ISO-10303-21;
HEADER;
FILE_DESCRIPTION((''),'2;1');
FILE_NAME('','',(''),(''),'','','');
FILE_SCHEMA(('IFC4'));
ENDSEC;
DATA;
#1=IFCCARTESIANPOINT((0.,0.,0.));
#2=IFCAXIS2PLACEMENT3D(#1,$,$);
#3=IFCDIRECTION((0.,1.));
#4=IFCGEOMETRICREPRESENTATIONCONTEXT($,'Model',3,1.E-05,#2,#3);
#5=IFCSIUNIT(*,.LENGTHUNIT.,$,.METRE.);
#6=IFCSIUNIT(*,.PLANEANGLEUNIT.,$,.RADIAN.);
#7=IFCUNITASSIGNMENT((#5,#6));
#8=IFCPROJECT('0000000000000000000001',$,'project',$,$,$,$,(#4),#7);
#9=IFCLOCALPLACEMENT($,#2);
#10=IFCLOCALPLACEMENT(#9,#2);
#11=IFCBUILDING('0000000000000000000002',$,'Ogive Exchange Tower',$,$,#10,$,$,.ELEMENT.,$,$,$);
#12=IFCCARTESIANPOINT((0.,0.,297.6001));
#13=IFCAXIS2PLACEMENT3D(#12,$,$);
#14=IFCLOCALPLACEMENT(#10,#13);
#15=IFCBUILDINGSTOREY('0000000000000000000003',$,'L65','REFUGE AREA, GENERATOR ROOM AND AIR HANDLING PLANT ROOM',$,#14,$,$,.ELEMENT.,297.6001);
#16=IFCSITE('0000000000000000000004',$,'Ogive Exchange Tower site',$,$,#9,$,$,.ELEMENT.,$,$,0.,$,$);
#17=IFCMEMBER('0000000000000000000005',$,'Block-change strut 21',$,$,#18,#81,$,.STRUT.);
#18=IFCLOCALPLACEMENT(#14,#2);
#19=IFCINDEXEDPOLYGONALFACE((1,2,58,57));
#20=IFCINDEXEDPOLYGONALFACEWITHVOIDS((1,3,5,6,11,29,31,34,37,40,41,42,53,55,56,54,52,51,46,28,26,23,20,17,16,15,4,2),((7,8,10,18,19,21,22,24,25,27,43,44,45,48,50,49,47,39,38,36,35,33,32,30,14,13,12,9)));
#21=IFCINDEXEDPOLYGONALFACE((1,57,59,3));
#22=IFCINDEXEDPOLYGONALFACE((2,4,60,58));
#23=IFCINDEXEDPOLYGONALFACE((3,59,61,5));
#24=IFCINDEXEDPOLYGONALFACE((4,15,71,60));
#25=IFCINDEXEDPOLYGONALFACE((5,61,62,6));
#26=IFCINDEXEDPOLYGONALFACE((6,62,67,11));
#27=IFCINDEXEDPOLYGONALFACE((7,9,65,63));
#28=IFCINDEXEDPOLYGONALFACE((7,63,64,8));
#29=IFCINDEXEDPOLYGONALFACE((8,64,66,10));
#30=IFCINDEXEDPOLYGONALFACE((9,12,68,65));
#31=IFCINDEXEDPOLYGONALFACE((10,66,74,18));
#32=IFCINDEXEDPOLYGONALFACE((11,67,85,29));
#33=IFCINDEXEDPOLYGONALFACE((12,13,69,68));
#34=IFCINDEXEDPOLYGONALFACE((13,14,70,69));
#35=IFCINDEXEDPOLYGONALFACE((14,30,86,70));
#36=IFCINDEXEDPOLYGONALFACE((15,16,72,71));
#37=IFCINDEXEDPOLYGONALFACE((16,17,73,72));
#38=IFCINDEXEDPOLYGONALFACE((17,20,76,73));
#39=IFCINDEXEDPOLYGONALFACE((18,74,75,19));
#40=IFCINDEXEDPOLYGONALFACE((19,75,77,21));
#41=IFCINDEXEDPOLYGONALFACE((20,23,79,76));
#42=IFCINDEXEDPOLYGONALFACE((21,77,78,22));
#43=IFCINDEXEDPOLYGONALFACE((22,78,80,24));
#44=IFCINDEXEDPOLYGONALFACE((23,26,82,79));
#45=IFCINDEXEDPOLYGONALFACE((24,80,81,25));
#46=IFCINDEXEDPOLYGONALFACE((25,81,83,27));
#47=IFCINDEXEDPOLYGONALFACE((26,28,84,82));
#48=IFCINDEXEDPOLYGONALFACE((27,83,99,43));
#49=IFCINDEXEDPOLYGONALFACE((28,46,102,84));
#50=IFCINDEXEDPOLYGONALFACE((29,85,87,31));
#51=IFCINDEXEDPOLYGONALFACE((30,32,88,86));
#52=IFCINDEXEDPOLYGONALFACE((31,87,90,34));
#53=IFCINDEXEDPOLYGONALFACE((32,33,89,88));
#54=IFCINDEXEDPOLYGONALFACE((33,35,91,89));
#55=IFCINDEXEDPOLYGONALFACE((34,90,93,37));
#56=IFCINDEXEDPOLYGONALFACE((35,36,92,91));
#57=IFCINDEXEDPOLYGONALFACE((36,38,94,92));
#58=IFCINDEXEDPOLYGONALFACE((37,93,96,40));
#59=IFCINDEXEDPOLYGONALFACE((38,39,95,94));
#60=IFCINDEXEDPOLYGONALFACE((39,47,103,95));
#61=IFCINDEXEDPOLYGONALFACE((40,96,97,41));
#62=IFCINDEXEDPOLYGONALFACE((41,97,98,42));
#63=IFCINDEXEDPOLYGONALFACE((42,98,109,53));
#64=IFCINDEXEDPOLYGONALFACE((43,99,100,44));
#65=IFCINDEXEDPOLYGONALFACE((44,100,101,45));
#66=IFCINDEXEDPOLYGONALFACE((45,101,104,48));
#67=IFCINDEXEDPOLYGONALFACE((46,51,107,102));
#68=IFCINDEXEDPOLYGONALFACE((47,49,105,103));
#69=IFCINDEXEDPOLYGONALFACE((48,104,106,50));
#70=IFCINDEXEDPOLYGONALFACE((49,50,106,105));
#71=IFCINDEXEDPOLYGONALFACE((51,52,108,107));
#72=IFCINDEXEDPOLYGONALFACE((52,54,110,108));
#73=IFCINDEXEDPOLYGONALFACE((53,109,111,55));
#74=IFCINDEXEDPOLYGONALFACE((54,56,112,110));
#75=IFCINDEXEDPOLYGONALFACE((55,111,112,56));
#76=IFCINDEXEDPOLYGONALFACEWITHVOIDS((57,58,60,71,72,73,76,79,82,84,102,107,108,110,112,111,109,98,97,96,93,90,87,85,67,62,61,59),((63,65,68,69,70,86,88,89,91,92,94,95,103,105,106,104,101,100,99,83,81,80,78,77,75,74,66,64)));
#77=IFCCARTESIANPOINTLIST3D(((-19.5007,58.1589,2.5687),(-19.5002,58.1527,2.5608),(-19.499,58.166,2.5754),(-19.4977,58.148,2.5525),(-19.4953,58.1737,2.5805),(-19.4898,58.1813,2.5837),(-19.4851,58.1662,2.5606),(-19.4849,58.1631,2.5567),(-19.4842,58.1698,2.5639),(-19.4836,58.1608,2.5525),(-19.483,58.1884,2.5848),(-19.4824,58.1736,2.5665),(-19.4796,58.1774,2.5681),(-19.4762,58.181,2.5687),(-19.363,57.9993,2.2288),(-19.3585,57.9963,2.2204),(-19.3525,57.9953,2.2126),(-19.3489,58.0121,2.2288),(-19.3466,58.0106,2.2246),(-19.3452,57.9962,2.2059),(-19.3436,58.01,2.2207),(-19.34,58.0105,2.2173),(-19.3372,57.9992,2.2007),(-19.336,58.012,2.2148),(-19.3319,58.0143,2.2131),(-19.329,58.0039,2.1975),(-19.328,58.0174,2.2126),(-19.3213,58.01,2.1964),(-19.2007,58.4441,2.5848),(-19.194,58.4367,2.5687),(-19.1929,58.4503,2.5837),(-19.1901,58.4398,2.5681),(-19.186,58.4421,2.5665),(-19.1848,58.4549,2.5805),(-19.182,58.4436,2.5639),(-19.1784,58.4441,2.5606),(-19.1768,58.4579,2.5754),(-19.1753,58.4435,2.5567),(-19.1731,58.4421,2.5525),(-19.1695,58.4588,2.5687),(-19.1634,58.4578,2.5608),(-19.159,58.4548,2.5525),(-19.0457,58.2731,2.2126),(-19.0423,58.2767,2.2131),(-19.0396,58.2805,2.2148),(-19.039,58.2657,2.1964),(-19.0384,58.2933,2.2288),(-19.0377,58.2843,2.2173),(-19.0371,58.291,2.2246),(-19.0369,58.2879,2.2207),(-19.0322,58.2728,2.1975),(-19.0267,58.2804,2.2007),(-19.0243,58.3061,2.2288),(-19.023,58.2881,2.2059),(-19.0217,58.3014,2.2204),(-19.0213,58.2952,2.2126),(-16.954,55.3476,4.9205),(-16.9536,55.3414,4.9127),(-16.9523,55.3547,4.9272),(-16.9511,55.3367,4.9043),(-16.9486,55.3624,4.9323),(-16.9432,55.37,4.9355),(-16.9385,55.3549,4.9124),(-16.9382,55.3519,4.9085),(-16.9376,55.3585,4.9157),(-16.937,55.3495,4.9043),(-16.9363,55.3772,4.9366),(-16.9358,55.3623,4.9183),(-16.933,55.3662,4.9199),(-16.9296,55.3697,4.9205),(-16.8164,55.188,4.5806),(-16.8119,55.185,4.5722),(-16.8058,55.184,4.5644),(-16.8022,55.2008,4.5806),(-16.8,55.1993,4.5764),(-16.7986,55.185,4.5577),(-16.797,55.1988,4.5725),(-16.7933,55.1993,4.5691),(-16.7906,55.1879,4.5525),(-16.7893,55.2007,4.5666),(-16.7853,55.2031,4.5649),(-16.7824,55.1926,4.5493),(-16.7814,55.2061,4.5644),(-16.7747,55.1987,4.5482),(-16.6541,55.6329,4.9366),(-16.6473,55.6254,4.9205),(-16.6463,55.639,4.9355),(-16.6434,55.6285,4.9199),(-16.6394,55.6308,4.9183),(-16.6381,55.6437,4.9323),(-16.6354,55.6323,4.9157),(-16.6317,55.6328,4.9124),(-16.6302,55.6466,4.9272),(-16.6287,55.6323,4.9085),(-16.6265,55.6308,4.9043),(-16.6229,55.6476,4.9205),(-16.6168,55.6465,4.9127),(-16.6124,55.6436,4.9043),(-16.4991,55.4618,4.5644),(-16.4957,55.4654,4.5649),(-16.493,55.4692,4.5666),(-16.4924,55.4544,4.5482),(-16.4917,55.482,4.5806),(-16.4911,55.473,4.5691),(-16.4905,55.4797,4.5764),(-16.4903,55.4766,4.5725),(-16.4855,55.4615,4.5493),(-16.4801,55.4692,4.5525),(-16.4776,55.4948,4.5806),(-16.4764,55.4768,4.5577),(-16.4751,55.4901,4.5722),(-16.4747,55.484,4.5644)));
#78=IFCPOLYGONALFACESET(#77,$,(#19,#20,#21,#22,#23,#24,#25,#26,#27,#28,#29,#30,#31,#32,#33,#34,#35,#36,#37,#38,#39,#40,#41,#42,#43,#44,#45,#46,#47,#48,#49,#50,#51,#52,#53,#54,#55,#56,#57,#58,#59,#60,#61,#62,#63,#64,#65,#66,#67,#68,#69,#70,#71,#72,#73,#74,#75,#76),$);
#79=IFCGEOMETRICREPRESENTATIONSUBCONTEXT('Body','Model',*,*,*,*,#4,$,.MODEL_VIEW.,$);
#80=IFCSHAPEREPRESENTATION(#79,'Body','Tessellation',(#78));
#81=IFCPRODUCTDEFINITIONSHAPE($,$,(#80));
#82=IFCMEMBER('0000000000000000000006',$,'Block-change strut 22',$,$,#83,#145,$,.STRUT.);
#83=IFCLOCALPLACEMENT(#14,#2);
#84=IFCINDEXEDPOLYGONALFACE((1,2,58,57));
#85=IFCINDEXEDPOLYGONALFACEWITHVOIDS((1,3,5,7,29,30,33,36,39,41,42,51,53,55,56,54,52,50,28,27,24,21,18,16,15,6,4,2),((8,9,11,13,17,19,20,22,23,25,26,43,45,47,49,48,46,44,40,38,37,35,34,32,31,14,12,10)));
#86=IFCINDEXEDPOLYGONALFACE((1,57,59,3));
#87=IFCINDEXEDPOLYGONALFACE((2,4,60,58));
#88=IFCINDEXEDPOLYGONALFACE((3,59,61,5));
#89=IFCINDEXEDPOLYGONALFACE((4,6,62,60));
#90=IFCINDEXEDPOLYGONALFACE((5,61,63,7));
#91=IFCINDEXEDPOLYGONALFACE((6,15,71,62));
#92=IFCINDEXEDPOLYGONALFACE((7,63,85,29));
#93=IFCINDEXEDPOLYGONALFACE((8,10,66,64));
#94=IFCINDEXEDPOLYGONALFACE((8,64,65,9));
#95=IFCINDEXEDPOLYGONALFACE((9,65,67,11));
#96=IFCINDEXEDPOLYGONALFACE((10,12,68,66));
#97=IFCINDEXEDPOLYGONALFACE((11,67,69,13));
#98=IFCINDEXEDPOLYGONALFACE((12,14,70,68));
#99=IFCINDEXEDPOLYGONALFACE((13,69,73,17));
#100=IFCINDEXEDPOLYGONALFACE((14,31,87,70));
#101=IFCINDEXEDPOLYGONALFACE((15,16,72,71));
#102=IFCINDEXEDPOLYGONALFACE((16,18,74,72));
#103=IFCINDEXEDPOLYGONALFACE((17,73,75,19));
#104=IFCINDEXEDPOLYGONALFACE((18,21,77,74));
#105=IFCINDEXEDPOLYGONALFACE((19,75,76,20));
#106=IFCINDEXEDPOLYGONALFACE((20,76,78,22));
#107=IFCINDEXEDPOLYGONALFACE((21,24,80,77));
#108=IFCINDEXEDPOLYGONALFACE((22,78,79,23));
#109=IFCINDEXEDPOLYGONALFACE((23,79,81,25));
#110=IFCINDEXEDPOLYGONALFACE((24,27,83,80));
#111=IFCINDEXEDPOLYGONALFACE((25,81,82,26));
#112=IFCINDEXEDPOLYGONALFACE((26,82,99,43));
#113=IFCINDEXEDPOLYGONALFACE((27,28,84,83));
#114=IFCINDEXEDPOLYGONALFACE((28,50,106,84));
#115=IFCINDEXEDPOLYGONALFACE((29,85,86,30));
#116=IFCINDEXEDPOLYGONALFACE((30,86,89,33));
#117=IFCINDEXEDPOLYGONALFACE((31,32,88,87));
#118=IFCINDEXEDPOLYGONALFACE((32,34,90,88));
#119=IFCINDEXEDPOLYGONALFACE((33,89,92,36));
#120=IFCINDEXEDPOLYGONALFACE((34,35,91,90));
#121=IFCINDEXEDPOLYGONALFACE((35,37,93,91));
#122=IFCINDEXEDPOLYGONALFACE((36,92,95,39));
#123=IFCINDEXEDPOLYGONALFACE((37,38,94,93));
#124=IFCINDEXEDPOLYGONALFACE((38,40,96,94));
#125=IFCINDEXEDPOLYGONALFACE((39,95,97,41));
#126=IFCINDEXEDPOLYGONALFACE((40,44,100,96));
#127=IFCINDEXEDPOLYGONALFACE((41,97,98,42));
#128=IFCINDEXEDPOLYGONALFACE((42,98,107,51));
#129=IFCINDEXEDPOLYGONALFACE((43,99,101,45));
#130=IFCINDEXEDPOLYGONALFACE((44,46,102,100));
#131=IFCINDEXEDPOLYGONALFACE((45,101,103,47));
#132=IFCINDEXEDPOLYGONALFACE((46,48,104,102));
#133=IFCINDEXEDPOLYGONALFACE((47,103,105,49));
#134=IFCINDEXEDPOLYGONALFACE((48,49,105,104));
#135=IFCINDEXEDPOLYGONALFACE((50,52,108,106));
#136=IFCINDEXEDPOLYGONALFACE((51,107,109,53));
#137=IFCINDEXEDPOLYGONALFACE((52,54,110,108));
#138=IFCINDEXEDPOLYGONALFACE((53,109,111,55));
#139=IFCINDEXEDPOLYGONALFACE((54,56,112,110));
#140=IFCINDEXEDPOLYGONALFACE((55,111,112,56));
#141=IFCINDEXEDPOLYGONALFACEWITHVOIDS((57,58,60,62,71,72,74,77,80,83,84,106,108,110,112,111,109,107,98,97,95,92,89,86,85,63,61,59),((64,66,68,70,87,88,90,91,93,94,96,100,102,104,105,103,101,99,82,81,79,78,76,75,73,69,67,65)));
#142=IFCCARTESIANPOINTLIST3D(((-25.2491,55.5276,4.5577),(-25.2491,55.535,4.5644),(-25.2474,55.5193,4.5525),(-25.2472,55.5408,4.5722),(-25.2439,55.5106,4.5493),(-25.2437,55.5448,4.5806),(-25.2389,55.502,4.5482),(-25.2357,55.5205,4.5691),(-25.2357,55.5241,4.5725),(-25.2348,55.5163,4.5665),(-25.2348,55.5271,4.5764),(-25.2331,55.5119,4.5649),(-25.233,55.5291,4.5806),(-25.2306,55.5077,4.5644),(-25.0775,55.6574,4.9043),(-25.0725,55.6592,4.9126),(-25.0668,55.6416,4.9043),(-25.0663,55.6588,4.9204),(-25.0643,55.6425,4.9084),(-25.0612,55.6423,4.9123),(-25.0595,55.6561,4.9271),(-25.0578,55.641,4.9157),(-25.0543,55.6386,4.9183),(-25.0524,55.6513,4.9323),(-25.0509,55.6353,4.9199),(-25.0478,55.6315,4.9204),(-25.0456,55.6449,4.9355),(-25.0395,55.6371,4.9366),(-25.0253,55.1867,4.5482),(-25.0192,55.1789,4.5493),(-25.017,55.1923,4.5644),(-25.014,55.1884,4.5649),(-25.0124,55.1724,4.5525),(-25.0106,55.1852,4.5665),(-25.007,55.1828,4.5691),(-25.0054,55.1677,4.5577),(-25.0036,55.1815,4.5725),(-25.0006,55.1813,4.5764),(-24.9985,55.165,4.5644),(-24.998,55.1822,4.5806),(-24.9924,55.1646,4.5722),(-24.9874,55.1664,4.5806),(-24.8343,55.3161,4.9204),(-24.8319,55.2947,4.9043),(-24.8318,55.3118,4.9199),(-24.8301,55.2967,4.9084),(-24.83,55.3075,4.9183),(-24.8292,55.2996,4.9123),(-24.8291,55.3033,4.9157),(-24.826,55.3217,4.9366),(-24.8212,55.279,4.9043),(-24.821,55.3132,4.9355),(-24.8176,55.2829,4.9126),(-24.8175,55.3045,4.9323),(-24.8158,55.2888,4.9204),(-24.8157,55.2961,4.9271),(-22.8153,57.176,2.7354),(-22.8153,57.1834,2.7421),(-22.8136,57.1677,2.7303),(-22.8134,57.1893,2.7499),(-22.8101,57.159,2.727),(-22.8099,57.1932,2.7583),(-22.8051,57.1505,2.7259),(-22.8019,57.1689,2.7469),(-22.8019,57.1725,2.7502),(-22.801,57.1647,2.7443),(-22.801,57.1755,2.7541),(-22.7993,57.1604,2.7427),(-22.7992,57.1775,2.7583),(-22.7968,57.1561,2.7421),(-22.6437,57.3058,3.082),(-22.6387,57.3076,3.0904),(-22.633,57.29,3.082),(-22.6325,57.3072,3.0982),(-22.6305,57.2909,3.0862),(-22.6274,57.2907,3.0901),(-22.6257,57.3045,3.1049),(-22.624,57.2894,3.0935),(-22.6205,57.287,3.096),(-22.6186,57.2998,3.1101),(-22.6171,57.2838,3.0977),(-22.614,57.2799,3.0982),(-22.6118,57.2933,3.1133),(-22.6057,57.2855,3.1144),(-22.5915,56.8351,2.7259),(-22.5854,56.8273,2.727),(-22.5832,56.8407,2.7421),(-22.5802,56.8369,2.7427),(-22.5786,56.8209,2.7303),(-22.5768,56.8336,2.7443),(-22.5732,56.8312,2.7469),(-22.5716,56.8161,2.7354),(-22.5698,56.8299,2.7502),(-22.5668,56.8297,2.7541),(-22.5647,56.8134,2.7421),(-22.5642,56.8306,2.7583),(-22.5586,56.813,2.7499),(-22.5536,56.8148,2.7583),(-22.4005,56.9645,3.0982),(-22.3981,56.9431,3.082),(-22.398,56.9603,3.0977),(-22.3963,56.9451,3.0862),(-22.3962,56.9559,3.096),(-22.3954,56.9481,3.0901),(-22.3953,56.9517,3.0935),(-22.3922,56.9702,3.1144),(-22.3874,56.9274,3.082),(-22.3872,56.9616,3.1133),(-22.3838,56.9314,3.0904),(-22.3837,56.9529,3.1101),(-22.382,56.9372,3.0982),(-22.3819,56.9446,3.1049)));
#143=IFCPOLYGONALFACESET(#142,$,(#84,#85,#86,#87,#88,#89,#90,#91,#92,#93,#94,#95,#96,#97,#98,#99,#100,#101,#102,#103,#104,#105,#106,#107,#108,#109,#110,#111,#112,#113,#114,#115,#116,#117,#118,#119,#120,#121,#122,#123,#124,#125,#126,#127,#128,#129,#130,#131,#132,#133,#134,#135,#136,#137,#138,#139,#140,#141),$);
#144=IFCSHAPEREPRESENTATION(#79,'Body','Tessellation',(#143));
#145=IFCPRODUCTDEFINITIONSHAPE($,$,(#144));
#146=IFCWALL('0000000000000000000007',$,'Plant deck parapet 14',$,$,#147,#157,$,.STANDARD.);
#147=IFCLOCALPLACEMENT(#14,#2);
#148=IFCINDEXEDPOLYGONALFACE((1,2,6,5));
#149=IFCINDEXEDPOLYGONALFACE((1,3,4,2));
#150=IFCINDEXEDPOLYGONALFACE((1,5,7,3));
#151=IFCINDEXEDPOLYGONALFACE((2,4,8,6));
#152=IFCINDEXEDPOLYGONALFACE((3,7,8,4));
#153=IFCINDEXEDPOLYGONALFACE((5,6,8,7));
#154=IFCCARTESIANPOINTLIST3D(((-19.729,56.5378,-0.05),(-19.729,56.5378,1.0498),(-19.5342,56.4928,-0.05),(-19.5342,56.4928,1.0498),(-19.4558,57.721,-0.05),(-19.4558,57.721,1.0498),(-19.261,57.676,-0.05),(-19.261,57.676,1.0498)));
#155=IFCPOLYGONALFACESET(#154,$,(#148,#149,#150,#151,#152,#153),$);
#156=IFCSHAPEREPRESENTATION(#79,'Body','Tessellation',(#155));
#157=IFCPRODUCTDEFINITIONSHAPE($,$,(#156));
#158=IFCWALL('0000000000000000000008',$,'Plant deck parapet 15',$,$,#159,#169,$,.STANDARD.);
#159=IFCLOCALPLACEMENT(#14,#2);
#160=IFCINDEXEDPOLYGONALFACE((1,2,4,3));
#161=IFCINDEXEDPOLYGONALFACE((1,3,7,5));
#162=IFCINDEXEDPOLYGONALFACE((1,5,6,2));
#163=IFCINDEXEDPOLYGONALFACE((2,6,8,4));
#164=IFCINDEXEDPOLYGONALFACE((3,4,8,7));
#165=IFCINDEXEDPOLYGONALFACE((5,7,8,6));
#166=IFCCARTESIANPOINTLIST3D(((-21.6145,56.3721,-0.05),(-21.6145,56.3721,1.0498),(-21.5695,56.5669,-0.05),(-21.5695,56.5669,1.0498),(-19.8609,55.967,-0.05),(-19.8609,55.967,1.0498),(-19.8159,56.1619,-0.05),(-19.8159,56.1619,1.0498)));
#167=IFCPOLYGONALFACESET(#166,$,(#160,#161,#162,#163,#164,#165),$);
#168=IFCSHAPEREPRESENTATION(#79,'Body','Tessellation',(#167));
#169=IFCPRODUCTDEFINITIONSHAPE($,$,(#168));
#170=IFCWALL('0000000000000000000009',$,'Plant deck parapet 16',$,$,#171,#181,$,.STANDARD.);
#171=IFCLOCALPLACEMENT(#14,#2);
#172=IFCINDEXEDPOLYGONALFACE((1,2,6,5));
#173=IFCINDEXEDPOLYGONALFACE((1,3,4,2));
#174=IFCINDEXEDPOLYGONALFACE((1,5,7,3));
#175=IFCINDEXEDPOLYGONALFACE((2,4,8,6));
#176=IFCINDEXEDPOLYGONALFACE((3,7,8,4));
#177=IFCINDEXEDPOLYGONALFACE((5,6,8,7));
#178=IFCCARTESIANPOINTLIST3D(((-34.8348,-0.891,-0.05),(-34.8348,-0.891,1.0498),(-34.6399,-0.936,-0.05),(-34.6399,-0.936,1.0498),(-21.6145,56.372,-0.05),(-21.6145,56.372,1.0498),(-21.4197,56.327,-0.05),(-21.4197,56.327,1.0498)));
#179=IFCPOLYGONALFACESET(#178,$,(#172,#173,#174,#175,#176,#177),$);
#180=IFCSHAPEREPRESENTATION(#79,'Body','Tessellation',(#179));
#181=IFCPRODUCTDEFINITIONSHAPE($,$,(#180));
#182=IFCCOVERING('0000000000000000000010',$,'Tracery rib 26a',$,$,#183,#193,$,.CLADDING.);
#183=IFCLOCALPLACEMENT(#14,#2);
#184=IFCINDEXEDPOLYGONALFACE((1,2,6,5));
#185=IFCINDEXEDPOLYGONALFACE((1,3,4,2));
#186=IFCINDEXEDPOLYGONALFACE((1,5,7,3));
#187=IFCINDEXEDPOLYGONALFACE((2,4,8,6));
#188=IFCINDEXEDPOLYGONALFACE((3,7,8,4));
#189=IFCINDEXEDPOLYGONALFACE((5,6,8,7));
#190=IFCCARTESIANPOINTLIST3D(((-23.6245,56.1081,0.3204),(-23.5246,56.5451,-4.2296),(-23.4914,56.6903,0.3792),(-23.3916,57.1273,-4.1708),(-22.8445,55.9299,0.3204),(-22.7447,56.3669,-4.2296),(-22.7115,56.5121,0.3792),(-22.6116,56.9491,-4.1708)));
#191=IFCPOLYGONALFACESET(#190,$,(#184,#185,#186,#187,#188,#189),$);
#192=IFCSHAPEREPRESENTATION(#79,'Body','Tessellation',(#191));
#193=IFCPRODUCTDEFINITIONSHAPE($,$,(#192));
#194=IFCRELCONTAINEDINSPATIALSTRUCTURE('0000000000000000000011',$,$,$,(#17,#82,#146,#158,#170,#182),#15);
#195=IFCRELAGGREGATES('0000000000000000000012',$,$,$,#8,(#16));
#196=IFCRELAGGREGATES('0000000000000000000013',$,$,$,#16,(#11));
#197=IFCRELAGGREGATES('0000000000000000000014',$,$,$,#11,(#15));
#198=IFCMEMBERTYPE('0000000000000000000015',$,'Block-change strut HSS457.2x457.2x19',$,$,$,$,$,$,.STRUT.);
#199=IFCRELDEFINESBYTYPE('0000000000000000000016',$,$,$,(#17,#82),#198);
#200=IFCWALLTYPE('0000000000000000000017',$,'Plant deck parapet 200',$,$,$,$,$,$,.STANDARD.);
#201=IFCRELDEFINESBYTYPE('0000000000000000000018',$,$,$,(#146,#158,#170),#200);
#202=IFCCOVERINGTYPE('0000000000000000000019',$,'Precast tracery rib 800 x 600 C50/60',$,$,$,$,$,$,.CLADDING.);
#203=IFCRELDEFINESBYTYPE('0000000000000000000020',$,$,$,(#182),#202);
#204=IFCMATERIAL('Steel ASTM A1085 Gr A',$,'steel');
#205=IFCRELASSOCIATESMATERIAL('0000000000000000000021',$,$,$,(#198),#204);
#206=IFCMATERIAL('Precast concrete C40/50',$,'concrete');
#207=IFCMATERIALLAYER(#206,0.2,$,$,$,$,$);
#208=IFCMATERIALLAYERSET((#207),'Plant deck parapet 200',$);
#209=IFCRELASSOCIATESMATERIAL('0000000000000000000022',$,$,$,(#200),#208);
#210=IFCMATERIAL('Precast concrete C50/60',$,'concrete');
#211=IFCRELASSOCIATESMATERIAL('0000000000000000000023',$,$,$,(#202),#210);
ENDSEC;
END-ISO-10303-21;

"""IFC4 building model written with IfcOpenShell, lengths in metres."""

from ifc_helpers import new_model, si_unit, direction, frame, frame_2d, origin, origin_2d, place, context, subcontext, project, spatial, rectangle, hollow_rectangle, extrude, material, layer, layer_set, material_profile, profile_set, type_object, element, save


model = new_model("IFC4")

# Units and contexts
model_context = context("Model", 3, precision=1e-05, world=origin(), true_north=direction((0.0, 1.0)))
body_context = subcontext(model_context, "Body", "Model", "MODEL_VIEW")
ifc_project = project(units=[si_unit("LENGTHUNIT", "METRE"), si_unit("PLANEANGLEUNIT", "RADIAN")], contexts=[model_context])

# Site, building, storey
site_placement = place(None, origin())
site = spatial("IfcSite", under=ifc_project, at=site_placement, Name="Ogive Exchange Tower site", CompositionType="ELEMENT", RefElevation=0.0)
building_placement = place(site_placement, origin())
building = spatial("IfcBuilding", under=site, at=building_placement, Name="Ogive Exchange Tower", CompositionType="ELEMENT")
storey_placement = place(building_placement, frame((0.0, 0.0, 297.6001)))
storey = spatial("IfcBuildingStorey", under=building, at=storey_placement, Name="L65", Description="REFUGE AREA, GENERATOR ROOM AND AIR HANDLING PLANT ROOM", CompositionType="ELEMENT", Elevation=297.6001)

# Shared definitions
ifc_material_1 = material(Name="Steel ASTM A1085 Gr A", Category="steel")

# Members
ifc_material_profile_1 = material_profile(ifc_material_1, hollow_rectangle(XDim=0.457, YDim=0.457, WallThickness=0.019, InnerFilletRadius=0.019, OuterFilletRadius=0.0381, at=origin_2d()), Name="HSS457.2x457.2x19")
ifc_profile_set_1 = profile_set([ifc_material_profile_1], Name="Steel ASTM A1085 Gr A")
member_type_1 = type_object("IfcMemberType", Name="Block-change strut HSS457.2x457.2x19", PredefinedType="STRUT", material=ifc_profile_set_1)
member_1_placement = place(storey_placement, frame((-19.261, 58.2271, 2.3906), z_axis=(0.570592, -0.629888, 0.52694), x_axis=(0.74113, 0.671361, 0.0)))
element("IfcMember", 1, at=member_1_placement, inside=storey, type_object=member_type_1, Name="Block-change strut 21", PredefinedType="STRUT", context=body_context, shape_type="SweptSolid", body=[
    extrude(hollow_rectangle(XDim=0.457, YDim=0.457, WallThickness=0.019, InnerFilletRadius=0.019, OuterFilletRadius=0.0381, at=origin_2d()), origin(), (0.0, 0.0, 1.0), 4.4631),
])
member_2_placement = place(storey_placement, frame((-22.5986, 57.0603, 2.9202), z_axis=(-0.703716, -0.476627, 0.526887), x_axis=(0.56078, -0.827965, 0.0)))
element("IfcMember", 2, at=member_2_placement, inside=storey, type_object=member_type_1, Name="Block-change strut 22", PredefinedType="STRUT", context=body_context, shape_type="SweptSolid", body=[
    extrude(hollow_rectangle(XDim=0.457, YDim=0.457, WallThickness=0.019, InnerFilletRadius=0.019, OuterFilletRadius=0.0381, at=origin_2d()), origin(), (0.0, 0.0, 1.0), 3.4585),
])

# Walls
ifc_material_2 = material(Name="Precast concrete C40/50", Category="concrete")
ifc_layer = layer(ifc_material_2, 0.2)
ifc_layer_set = layer_set([ifc_layer], Name="Plant deck parapet 200")
wall_type = type_object("IfcWallType", Name="Plant deck parapet 200", PredefinedType="STANDARD", material=ifc_layer_set)
wall_1_placement = place(storey_placement, frame((-19.3584, 57.6985, -0.05), z_axis=(0.0, 0.0, 1.0), x_axis=(-0.224992, -0.974361, 0.0)))
element("IfcWall", 3, at=wall_1_placement, inside=storey, type_object=wall_type, Name="Plant deck parapet 14", PredefinedType="STANDARD", context=body_context, shape_type="SweptSolid", body=[
    extrude(rectangle(XDim=1.2144, YDim=0.2, at=frame_2d((0.6072, 0.0))), origin(), (0.0, 0.0, 1.0), 1.0999),
])
wall_2_placement = place(storey_placement, frame((-19.8384, 56.0645, -0.05), z_axis=(0.0, 0.0, 1.0), x_axis=(-0.97435, 0.225038, 0.0)))
element("IfcWall", 4, at=wall_2_placement, inside=storey, type_object=wall_type, Name="Plant deck parapet 15", PredefinedType="STANDARD", context=body_context, shape_type="SweptSolid", body=[
    extrude(rectangle(XDim=1.7998, YDim=0.2, at=frame_2d((0.8999, 0.0))), origin(), (0.0, 0.0, 1.0), 1.0999),
])
wall_3_placement = place(storey_placement, frame((-21.5171, 56.3496, -0.05), z_axis=(0.0, 0.0, 1.0), x_axis=(-0.224951, -0.97437, 0.0)))
element("IfcWall", 5, at=wall_3_placement, inside=storey, type_object=wall_type, Name="Plant deck parapet 16", PredefinedType="STANDARD", context=body_context, shape_type="SweptSolid", body=[
    extrude(rectangle(XDim=58.7693, YDim=0.2, at=frame_2d((29.3848, 0.0))), origin(), (0.0, 0.0, 1.0), 1.0999),
])

# Covering
ifc_material_3 = material(Name="Precast concrete C50/60", Category="concrete")
ifc_material_profile_2 = material_profile(ifc_material_3, rectangle(XDim=0.8, YDim=0.6001, at=origin_2d()), Name="RIB 800 x 600")
ifc_profile_set_2 = profile_set([ifc_material_profile_2], Name="Precast concrete C50/60")
covering_type = type_object("IfcCoveringType", Name="Precast tracery rib 800 x 600 C50/60", PredefinedType="CLADDING", material=ifc_profile_set_2)
covering_1_placement = place(storey_placement, frame((-23.0681, 56.7471, -4.2002), z_axis=(-0.02184, -0.095583, 0.995182), x_axis=(0.974875, -0.222751, 0.0)))
element("IfcCovering", 6, at=covering_1_placement, inside=storey, type_object=covering_type, Name="Tracery rib 26a", PredefinedType="CLADDING", context=body_context, shape_type="SweptSolid", body=[
    extrude(rectangle(XDim=0.8, YDim=0.6001, at=origin_2d()), origin(), (0.0, 0.0, 1.0), 4.572),
])

save(model, "model.ifc")
